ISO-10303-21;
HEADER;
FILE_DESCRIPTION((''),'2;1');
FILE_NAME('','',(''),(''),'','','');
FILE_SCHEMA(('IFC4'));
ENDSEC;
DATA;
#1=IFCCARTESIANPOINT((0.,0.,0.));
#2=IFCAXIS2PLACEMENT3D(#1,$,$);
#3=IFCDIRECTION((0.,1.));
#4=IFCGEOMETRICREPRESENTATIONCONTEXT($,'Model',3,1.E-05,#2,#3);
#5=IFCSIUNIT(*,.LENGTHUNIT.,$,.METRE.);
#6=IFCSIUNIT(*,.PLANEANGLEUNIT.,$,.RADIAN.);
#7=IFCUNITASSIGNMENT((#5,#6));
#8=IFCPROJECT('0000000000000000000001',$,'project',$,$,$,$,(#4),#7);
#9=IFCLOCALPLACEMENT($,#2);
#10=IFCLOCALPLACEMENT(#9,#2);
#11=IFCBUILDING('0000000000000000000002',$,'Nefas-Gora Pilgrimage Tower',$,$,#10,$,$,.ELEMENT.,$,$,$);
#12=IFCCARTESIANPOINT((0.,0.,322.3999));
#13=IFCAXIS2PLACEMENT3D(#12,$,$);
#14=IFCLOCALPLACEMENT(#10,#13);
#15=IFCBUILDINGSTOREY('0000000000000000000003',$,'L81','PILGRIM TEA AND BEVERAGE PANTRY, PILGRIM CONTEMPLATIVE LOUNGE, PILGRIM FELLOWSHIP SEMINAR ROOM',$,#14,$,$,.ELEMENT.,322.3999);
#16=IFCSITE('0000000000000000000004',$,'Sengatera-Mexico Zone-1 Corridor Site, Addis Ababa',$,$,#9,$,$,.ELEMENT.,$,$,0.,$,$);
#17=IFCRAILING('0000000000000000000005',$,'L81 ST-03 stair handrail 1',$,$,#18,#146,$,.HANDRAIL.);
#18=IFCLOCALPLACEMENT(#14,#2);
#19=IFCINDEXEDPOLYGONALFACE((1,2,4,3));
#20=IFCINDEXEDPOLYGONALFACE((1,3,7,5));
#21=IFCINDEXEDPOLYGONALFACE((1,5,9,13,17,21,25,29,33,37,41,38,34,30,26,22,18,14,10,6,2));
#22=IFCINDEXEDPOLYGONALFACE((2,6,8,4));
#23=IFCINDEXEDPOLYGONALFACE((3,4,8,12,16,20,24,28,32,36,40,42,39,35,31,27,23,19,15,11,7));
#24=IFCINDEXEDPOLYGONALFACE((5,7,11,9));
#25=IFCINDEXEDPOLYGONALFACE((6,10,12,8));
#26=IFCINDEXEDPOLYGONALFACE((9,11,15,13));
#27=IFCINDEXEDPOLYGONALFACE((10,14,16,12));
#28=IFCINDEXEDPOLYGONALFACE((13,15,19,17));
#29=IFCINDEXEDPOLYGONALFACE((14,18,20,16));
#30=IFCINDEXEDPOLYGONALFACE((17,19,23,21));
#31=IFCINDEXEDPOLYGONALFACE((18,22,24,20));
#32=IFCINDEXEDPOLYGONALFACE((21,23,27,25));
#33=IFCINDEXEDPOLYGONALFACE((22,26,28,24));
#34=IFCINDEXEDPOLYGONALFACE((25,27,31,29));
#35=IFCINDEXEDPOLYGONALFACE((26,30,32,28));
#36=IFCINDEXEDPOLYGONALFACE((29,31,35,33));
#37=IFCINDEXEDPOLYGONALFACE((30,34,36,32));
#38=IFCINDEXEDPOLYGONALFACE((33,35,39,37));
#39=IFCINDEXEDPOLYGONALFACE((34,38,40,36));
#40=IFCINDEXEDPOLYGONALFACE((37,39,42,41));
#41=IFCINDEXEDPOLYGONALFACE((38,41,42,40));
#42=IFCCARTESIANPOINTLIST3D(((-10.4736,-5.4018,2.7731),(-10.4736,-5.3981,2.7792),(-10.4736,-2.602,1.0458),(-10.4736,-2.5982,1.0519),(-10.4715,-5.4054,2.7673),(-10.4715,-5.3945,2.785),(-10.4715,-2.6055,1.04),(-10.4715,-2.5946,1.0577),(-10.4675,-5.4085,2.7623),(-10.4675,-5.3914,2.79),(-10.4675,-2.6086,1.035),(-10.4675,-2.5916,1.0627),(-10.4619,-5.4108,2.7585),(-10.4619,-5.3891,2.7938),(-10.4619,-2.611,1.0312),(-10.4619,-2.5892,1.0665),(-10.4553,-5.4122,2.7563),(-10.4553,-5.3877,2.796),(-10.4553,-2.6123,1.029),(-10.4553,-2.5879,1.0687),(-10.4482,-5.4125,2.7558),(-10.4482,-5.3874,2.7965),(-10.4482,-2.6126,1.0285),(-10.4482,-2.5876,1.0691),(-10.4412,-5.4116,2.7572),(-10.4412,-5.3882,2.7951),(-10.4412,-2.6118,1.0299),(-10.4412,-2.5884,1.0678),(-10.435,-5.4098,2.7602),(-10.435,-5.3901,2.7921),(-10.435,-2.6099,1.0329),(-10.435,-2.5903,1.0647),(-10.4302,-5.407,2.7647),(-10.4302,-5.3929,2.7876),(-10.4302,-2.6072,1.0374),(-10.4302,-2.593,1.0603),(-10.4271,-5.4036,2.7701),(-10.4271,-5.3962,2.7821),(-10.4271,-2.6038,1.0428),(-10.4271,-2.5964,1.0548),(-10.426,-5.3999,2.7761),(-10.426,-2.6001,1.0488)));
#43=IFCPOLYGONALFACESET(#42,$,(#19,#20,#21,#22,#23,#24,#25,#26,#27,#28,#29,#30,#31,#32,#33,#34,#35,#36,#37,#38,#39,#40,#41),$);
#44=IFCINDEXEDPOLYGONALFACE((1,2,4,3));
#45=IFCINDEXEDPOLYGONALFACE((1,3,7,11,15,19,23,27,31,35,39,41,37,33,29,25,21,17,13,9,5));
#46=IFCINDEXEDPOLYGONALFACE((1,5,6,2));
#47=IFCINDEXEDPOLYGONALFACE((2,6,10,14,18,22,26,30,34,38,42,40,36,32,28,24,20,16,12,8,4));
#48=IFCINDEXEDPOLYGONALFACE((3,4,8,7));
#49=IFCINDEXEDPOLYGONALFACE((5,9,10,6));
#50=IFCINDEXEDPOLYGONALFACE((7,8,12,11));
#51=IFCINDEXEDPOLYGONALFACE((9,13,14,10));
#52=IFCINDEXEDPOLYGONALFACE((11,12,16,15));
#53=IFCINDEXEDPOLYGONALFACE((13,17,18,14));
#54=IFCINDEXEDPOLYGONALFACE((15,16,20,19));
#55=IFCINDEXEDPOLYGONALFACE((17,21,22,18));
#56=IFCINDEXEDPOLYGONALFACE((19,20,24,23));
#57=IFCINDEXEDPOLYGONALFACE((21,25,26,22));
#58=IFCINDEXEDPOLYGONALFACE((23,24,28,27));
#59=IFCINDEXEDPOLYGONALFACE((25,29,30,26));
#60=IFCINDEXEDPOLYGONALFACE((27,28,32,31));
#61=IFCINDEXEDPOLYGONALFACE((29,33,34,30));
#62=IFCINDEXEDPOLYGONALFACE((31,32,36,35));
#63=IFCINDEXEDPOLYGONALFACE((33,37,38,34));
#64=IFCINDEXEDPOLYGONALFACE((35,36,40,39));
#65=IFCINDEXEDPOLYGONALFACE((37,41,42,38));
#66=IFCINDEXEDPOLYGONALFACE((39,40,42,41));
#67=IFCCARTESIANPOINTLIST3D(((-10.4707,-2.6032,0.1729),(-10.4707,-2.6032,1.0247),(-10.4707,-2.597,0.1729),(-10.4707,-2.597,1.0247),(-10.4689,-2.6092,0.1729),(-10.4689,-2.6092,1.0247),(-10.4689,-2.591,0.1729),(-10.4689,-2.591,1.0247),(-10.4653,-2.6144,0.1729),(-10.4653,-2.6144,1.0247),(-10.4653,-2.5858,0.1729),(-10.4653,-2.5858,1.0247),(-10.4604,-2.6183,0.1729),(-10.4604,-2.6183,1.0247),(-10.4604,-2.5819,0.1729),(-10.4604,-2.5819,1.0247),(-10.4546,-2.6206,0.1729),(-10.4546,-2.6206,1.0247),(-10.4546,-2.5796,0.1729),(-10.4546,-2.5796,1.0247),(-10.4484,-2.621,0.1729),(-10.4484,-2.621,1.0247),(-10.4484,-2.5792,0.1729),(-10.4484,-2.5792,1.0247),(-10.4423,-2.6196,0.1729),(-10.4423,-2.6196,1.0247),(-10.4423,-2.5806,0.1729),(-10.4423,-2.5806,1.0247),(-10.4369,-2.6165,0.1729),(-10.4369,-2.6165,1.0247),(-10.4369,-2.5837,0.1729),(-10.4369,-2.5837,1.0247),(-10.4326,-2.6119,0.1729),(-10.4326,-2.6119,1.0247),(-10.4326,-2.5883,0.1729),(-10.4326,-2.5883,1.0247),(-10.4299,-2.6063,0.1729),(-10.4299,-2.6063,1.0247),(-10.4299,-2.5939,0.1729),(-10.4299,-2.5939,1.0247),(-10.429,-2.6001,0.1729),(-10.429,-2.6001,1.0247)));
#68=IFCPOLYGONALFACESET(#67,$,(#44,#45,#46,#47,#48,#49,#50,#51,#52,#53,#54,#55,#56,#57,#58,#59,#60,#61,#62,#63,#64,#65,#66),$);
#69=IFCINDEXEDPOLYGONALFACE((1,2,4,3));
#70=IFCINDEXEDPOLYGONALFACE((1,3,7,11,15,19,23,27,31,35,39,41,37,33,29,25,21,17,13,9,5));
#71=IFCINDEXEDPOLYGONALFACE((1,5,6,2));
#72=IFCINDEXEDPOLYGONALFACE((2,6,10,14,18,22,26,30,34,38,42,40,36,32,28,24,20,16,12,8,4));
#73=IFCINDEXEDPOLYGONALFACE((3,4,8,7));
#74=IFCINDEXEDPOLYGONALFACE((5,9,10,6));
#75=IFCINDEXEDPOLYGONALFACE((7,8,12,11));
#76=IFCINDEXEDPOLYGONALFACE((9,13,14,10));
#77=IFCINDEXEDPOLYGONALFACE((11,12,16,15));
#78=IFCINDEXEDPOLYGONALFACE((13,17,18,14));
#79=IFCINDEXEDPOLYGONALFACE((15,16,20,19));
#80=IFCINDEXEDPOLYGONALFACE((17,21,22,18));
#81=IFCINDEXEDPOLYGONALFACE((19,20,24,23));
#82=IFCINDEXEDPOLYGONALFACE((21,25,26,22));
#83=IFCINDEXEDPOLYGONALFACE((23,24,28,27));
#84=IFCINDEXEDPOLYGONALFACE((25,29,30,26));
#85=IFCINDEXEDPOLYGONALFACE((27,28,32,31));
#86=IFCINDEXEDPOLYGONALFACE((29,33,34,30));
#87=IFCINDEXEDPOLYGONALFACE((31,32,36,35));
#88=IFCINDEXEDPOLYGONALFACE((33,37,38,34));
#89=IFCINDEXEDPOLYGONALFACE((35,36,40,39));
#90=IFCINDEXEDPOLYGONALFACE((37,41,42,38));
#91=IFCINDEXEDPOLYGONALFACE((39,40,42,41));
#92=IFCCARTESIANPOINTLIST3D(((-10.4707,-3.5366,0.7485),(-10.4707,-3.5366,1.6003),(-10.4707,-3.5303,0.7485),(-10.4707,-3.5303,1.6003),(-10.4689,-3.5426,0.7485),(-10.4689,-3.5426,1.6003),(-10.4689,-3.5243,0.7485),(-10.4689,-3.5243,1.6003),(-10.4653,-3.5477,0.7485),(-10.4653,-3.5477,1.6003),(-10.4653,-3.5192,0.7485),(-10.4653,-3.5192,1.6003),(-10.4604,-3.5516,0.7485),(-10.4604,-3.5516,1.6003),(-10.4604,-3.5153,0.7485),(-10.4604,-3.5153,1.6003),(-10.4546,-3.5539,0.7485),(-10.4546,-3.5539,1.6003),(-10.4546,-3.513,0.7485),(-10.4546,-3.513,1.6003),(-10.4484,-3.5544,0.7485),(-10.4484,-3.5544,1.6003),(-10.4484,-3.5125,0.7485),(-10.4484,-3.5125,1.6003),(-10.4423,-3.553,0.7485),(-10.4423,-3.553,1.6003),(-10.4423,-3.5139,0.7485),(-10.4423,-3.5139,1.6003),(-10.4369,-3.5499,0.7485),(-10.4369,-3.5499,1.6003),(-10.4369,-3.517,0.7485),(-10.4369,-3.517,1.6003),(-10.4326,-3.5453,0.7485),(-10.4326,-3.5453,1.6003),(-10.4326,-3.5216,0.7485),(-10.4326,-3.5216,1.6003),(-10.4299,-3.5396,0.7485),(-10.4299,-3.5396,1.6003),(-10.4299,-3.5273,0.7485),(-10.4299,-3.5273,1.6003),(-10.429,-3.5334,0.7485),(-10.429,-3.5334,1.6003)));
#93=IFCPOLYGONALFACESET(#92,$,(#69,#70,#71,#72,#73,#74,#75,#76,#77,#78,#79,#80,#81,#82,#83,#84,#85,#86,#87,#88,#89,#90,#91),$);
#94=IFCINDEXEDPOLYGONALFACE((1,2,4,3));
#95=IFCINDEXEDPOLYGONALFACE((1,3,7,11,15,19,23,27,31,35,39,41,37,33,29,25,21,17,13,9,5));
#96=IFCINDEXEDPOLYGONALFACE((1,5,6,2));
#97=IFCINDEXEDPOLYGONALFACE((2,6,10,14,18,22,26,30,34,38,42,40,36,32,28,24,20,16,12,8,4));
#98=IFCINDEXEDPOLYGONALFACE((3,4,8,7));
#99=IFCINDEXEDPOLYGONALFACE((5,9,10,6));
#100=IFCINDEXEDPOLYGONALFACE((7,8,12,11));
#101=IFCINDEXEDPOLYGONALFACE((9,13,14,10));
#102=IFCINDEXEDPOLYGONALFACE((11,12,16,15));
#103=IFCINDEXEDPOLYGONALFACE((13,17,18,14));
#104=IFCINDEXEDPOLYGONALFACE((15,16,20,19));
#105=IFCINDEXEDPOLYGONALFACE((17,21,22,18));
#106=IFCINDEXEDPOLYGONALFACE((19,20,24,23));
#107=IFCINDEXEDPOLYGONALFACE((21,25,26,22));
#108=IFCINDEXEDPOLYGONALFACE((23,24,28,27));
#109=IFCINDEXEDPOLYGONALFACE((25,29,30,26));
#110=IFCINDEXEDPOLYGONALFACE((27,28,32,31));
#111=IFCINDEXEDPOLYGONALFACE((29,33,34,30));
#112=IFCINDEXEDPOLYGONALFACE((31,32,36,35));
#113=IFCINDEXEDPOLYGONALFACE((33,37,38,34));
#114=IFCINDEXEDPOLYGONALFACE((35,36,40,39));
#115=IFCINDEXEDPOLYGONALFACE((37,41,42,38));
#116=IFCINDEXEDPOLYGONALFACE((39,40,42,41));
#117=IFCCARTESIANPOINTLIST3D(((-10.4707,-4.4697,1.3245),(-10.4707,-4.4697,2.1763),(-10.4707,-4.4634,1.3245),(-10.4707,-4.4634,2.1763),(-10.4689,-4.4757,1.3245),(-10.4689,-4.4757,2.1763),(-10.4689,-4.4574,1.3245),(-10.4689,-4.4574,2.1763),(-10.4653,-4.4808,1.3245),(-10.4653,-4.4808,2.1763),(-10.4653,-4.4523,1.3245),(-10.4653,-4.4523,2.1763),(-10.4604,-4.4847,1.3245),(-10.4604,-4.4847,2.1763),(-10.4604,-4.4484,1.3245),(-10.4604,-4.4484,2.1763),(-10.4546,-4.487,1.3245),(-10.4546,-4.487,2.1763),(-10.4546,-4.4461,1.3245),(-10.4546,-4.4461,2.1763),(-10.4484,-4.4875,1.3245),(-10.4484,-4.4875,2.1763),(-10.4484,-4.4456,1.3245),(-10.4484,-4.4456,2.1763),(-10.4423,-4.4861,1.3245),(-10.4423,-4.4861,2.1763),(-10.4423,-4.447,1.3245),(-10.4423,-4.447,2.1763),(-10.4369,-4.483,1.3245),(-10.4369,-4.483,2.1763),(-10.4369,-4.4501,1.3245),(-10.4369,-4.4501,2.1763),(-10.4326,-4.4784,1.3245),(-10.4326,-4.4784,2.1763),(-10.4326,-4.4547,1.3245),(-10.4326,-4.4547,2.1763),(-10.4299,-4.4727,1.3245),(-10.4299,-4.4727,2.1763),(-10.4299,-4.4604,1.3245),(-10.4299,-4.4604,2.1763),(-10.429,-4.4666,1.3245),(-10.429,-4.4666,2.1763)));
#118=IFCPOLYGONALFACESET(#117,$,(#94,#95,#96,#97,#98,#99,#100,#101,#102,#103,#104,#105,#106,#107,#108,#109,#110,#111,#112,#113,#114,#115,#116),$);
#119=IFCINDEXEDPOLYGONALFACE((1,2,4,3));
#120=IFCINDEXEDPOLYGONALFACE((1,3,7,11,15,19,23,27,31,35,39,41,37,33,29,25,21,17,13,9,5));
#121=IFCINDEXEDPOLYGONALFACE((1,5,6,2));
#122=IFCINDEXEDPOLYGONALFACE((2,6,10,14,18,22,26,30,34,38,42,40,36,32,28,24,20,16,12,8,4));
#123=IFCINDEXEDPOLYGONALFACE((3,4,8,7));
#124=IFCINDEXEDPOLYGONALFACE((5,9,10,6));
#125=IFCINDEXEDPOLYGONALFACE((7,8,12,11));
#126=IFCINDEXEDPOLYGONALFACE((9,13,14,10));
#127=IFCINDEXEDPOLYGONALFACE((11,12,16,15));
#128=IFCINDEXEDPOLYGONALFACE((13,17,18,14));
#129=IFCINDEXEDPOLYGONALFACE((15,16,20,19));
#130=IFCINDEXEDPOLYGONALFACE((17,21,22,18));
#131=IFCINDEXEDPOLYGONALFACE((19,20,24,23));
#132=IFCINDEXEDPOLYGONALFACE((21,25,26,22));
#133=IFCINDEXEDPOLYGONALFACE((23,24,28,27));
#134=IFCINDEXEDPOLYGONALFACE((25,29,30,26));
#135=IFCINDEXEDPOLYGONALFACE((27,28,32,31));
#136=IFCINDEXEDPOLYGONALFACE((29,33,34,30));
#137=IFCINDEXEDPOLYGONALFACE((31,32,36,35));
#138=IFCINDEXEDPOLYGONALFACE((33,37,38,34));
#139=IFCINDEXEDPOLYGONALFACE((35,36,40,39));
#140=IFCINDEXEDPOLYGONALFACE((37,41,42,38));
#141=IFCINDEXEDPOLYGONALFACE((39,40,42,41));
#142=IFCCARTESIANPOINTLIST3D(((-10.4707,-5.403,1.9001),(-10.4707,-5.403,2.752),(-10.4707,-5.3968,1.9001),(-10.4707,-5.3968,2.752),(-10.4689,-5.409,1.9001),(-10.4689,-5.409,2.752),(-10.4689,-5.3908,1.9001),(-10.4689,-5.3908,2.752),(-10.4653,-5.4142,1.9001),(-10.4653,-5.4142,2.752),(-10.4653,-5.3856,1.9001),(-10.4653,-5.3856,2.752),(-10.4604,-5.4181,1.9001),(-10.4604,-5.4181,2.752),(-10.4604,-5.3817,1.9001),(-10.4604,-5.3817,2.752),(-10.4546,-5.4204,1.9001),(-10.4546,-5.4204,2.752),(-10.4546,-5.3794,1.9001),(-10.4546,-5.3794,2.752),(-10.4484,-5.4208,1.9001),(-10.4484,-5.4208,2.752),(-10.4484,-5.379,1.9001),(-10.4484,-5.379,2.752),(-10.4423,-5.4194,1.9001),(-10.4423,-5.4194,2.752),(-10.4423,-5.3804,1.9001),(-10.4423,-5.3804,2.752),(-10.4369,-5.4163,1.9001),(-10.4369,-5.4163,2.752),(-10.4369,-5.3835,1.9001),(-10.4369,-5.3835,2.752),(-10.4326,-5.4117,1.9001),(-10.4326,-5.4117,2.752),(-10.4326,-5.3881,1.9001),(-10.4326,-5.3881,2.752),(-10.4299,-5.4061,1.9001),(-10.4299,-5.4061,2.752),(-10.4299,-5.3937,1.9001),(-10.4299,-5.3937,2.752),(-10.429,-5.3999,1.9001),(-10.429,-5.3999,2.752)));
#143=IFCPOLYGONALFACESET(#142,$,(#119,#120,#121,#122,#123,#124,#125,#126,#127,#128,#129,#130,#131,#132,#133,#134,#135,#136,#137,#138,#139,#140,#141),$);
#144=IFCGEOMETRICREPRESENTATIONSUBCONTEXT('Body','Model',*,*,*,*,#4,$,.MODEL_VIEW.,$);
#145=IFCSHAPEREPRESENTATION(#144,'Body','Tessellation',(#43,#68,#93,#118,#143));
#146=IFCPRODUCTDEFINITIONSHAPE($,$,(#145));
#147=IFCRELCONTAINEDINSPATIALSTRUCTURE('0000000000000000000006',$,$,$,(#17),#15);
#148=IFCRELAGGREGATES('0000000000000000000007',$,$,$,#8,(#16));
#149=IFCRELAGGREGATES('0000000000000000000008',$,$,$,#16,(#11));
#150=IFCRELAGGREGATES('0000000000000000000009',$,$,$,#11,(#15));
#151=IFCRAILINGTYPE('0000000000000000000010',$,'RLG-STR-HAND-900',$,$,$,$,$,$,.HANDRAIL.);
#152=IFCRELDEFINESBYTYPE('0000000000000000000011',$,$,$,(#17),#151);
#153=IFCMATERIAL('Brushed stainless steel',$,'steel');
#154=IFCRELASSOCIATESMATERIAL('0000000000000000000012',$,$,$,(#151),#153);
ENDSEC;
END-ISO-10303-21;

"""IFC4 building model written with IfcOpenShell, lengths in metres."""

from ifc_helpers import new_model, si_unit, direction, frame, origin, origin_2d, place, context, subcontext, project, spatial, circle, extrude, material, type_object, element, save


model = new_model("IFC4")

# Units and contexts
model_context = context("Model", 3, precision=1e-05, world=origin(), true_north=direction((0.0, 1.0)))
body_context = subcontext(model_context, "Body", "Model", "MODEL_VIEW")
ifc_project = project(units=[si_unit("LENGTHUNIT", "METRE"), si_unit("PLANEANGLEUNIT", "RADIAN")], contexts=[model_context])

# Site, building, storey
site_placement = place(None, origin())
site = spatial("IfcSite", under=ifc_project, at=site_placement, Name="Sengatera-Mexico Zone-1 Corridor Site, Addis Ababa", CompositionType="ELEMENT", RefElevation=0.0)
building_placement = place(site_placement, origin())
building = spatial("IfcBuilding", under=site, at=building_placement, Name="Nefas-Gora Pilgrimage Tower", CompositionType="ELEMENT")
storey_placement = place(building_placement, frame((0.0, 0.0, 322.3999)))
storey = spatial("IfcBuildingStorey", under=building, at=storey_placement, Name="L81", Description="PILGRIM TEA AND BEVERAGE PANTRY, PILGRIM CONTEMPLATIVE LOUNGE, PILGRIM FELLOWSHIP SEMINAR ROOM", CompositionType="ELEMENT", Elevation=322.3999)

# Railing
ifc_material_1 = material(Name="Brushed stainless steel", Category="steel")
railing_type_1 = type_object("IfcRailingType", Name="RLG-STR-HAND-900", PredefinedType="HANDRAIL", material=ifc_material_1)
railing_1_placement = place(storey_placement, frame((-10.45, -2.6001, 0.1729)))
element("IfcRailing", 1, at=railing_1_placement, inside=storey, type_object=railing_type_1, Name="L81 ST-03 stair handrail 1", PredefinedType="HANDRAIL", context=body_context, shape_type="SweptSolid", body=[
    extrude(circle(Radius=0.0239, at=origin_2d()), frame((0.0, 0.0, 0.876), z_axis=(0.0, -0.851069, 0.525054), x_axis=(1.0, 0.0, 0.0)), (0.0, 0.0, 1.0), 3.2898),
    extrude(circle(Radius=0.021, at=origin_2d()), origin(), (0.0, 0.0, 1.0), 0.8518),
    extrude(circle(Radius=0.021, at=origin_2d()), frame((0.0, -0.9333, 0.5757)), (0.0, 0.0, 1.0), 0.8518),
    extrude(circle(Radius=0.021, at=origin_2d()), frame((0.0, -1.8665, 1.1516)), (0.0, 0.0, 1.0), 0.8518),
    extrude(circle(Radius=0.021, at=origin_2d()), frame((0.0, -2.7998, 1.7273)), (0.0, 0.0, 1.0), 0.8518),
])

save(model, "model.ifc")
